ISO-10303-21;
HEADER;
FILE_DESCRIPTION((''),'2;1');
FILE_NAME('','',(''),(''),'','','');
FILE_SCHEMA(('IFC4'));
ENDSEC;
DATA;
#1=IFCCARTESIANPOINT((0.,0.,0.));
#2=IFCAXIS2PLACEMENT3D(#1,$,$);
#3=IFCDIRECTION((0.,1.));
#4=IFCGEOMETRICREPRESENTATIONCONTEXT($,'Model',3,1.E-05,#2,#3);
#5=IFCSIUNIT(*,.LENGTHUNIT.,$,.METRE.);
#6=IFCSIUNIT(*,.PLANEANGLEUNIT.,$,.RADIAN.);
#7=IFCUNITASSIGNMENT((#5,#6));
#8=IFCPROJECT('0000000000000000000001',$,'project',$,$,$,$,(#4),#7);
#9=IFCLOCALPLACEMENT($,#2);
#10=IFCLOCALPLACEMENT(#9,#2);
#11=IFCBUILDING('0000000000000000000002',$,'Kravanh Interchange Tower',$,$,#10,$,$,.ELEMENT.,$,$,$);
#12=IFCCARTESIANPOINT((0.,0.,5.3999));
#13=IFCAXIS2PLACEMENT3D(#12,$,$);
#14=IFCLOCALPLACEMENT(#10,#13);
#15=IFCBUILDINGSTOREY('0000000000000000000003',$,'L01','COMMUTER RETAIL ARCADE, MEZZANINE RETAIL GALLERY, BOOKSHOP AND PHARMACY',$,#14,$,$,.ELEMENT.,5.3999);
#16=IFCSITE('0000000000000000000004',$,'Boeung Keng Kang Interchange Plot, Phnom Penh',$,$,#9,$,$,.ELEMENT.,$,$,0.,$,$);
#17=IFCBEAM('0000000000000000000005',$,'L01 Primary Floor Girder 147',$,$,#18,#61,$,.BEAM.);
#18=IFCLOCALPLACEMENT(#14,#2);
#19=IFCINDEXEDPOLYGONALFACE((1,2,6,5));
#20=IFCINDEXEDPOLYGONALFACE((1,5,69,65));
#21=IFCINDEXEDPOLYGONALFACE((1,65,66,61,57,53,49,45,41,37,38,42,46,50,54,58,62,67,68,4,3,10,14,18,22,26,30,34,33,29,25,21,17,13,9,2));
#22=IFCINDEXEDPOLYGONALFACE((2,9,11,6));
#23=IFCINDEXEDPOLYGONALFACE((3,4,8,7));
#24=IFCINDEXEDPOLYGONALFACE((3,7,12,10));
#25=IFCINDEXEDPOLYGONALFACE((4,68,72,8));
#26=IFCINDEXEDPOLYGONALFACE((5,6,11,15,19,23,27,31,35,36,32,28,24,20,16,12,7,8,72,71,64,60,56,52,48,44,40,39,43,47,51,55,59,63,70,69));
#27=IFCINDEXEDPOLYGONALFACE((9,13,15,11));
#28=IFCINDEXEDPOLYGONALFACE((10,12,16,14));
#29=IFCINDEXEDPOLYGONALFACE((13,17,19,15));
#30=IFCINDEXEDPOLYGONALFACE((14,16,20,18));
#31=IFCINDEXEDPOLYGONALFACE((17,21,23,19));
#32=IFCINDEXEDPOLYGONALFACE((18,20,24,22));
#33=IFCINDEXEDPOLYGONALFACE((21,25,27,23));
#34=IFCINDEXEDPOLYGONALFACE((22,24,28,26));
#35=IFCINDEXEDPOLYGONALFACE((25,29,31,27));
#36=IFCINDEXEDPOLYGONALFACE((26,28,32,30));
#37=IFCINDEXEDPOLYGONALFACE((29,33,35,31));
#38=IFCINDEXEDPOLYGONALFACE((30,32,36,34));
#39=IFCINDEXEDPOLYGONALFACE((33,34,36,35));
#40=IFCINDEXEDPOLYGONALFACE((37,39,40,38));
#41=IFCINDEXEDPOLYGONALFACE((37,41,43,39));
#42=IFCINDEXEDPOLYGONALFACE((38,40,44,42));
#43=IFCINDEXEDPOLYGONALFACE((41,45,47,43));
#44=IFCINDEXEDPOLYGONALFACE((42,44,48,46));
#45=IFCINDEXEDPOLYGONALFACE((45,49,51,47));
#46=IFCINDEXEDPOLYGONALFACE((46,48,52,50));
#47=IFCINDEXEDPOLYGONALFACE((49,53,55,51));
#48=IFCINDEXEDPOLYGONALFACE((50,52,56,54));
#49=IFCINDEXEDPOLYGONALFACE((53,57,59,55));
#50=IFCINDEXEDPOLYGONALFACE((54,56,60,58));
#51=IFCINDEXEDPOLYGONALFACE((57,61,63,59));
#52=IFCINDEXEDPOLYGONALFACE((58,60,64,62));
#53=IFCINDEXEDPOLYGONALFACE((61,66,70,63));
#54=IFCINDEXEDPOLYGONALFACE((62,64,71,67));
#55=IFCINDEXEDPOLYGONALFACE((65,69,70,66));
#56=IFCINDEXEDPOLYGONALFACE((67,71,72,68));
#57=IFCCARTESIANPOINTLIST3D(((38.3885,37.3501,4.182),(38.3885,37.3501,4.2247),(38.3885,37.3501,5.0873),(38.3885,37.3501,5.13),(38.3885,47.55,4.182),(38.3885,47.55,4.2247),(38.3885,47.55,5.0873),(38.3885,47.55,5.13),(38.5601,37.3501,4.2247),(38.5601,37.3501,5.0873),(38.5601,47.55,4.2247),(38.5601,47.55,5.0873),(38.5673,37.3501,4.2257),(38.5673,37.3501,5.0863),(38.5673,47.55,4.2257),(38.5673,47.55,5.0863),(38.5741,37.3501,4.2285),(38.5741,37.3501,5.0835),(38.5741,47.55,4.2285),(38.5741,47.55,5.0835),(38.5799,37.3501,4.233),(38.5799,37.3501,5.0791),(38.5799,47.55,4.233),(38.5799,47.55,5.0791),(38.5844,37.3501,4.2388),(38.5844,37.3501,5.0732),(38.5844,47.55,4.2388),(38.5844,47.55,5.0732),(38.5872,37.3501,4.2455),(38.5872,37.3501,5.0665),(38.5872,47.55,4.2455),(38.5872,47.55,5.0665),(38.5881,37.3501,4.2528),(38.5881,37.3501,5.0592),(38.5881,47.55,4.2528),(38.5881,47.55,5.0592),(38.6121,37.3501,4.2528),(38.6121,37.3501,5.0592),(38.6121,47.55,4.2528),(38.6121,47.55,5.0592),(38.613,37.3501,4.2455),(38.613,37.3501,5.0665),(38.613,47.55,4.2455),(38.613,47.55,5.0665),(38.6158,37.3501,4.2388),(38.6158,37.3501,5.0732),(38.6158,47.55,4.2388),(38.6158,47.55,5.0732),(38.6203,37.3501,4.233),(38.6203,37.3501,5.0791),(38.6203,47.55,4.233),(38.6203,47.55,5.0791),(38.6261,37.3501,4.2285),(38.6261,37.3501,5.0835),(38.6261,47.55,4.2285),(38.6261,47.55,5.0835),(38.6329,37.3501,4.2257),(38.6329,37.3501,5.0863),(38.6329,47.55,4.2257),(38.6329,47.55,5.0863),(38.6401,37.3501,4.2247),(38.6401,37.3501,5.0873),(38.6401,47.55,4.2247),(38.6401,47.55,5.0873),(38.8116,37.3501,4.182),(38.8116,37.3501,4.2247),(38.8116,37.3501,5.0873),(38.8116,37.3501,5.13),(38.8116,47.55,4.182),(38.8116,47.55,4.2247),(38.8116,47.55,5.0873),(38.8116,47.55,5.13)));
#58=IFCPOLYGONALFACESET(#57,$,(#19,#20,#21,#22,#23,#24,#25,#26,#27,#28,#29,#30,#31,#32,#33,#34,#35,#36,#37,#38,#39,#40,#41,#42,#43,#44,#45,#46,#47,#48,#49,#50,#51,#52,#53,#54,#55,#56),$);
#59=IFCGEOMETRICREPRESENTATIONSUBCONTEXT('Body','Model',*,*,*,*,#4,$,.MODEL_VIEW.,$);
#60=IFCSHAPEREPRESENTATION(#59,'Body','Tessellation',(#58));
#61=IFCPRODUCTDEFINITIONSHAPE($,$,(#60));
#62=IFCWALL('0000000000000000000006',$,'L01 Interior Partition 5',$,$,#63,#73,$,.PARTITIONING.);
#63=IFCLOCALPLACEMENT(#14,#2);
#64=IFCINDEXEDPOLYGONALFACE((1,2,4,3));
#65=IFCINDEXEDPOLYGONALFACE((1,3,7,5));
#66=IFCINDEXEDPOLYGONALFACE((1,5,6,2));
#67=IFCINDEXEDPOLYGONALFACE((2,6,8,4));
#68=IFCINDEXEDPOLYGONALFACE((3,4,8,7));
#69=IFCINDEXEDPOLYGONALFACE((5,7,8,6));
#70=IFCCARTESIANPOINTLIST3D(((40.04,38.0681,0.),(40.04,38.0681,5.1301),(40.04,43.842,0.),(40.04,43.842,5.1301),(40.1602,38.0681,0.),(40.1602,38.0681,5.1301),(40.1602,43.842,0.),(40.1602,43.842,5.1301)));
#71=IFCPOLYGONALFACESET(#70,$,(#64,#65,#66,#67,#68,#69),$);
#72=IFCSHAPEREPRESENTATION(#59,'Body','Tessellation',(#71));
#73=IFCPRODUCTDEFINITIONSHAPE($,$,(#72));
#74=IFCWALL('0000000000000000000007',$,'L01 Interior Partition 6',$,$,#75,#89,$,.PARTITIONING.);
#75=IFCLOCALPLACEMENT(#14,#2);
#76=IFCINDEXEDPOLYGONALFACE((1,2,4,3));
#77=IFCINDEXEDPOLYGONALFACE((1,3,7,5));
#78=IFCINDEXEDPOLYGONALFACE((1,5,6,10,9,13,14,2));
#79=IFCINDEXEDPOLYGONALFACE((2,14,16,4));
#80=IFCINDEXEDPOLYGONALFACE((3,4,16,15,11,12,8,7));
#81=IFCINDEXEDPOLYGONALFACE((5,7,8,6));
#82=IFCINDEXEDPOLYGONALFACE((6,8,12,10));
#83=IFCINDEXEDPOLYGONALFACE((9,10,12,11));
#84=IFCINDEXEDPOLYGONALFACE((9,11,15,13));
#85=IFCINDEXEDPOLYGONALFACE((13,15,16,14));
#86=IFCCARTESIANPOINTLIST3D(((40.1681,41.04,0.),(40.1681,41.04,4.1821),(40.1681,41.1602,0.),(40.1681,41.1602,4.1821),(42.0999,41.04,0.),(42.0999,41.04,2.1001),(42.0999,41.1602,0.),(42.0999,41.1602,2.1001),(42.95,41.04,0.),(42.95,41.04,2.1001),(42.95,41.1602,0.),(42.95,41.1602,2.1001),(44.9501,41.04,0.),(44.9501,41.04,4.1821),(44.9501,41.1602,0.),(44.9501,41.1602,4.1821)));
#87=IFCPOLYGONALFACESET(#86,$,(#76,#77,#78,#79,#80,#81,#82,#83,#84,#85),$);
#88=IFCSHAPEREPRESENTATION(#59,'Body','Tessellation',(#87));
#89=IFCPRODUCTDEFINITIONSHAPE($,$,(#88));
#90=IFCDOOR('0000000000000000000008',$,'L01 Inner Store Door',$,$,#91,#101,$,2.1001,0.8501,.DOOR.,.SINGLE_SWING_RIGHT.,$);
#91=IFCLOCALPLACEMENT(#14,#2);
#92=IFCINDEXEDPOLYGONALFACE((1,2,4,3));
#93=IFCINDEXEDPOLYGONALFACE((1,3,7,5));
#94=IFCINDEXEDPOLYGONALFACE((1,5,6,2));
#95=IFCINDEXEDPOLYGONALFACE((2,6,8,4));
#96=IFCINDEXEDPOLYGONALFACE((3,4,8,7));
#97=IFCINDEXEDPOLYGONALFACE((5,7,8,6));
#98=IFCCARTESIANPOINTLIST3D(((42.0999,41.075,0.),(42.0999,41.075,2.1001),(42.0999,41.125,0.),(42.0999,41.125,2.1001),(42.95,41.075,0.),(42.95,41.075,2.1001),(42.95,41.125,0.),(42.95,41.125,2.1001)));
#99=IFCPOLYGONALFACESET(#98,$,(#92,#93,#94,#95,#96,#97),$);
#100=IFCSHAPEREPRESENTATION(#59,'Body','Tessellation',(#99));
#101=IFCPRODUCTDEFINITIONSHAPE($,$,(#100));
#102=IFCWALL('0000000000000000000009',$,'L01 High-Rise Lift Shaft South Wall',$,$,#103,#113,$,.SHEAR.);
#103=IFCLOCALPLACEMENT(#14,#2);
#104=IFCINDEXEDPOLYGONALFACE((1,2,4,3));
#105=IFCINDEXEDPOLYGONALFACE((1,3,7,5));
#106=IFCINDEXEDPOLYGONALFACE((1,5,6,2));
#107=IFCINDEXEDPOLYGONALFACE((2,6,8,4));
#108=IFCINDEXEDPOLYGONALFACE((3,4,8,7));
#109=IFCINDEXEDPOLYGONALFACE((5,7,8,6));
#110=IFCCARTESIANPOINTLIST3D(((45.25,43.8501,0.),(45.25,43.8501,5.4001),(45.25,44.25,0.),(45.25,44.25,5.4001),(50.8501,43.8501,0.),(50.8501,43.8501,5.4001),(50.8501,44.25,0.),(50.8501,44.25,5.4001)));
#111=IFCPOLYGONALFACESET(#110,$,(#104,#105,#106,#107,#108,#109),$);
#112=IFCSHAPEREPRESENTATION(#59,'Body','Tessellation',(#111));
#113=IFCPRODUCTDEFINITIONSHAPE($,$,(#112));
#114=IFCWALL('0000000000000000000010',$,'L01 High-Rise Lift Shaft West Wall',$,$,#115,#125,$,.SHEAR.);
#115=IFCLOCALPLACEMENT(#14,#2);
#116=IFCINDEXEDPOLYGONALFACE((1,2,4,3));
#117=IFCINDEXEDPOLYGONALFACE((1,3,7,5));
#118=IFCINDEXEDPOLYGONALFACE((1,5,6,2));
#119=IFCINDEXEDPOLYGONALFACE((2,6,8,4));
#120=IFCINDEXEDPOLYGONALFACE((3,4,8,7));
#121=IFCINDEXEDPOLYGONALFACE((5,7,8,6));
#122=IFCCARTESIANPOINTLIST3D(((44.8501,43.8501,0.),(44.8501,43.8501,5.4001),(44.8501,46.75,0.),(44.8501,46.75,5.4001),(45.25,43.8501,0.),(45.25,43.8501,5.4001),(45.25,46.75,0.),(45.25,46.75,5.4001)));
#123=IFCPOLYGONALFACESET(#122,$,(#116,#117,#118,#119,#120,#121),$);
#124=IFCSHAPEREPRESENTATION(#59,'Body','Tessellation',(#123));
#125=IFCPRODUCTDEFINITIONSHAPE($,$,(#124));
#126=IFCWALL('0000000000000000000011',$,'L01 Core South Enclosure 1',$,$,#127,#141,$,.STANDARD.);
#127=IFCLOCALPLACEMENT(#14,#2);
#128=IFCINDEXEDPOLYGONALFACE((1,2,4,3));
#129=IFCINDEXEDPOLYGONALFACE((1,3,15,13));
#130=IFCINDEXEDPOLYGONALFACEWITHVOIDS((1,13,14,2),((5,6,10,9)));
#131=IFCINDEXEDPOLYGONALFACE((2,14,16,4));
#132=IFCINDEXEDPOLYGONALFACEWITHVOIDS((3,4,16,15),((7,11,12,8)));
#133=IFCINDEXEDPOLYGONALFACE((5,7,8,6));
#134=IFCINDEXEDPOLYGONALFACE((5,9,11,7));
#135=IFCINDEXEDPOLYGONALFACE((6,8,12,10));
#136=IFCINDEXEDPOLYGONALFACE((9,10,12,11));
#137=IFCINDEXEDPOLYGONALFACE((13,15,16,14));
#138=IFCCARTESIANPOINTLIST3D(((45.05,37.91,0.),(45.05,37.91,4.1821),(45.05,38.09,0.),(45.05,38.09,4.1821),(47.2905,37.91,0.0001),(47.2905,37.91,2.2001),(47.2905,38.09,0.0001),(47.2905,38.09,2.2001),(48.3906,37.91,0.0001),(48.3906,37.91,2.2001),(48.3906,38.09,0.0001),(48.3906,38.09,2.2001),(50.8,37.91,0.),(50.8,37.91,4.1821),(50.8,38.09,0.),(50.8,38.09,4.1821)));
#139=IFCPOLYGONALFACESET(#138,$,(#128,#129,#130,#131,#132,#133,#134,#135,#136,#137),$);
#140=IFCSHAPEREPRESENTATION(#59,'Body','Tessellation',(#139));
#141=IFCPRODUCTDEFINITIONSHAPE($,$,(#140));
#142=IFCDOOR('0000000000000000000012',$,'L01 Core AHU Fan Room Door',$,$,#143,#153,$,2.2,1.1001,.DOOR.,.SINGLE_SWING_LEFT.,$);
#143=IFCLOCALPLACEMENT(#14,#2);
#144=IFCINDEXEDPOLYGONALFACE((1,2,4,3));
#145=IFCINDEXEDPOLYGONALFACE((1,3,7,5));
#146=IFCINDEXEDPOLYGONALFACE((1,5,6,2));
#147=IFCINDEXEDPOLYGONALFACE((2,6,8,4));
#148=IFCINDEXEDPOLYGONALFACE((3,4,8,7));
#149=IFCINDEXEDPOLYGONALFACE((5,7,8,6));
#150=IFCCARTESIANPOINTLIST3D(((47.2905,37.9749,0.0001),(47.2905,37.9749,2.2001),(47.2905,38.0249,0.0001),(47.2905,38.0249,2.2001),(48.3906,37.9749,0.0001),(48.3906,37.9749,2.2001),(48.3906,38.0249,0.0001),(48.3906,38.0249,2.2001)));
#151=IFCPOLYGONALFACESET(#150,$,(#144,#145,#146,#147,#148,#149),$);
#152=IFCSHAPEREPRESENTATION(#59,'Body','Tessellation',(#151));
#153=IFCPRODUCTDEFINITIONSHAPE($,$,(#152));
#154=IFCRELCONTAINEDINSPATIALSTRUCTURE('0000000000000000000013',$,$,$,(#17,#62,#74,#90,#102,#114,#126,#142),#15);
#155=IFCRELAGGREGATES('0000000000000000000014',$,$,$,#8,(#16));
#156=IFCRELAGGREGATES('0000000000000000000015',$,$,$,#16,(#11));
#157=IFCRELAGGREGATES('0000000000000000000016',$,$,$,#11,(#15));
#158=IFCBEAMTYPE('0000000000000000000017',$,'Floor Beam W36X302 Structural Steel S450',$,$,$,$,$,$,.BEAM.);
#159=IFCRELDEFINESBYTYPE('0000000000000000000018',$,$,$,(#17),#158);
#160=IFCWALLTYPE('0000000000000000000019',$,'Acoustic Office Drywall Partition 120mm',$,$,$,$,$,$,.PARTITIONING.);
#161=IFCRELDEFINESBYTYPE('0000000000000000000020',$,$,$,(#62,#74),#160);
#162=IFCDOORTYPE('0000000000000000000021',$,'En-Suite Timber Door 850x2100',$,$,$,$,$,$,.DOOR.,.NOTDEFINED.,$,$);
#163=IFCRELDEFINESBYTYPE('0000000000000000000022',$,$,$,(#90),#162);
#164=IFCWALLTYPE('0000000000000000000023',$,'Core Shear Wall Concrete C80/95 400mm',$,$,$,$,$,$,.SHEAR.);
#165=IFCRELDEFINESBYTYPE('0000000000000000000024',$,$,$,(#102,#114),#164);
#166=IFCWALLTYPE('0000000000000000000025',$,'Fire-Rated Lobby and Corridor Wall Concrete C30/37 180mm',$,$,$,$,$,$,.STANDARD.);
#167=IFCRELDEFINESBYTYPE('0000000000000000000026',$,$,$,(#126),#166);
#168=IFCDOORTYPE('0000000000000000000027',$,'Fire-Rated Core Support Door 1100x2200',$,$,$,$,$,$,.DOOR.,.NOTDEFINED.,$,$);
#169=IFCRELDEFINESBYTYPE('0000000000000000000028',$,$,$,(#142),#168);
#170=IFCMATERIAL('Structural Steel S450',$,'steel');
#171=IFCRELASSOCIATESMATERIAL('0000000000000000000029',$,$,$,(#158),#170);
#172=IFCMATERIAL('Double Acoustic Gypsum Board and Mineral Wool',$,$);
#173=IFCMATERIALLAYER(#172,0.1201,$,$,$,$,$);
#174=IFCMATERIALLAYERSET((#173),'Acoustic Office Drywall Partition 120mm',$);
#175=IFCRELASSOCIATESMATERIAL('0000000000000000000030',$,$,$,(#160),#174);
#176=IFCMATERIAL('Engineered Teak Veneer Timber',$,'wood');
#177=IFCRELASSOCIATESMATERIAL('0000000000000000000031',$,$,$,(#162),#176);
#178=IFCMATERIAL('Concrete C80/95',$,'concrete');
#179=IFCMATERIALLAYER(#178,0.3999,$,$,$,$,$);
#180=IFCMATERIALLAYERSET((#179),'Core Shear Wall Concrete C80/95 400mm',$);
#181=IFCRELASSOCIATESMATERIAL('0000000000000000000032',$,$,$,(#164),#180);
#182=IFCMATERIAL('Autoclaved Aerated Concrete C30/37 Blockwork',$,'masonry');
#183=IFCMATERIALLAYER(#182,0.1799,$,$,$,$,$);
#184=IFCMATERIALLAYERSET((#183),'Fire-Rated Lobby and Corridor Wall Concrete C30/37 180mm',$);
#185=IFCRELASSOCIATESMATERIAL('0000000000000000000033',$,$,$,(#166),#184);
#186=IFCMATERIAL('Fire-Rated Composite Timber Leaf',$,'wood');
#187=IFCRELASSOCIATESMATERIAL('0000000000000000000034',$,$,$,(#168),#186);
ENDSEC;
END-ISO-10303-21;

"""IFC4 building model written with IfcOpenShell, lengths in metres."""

from ifc_helpers import new_model, si_unit, direction, frame, frame_2d, origin, origin_2d, place, context, subcontext, project, spatial, rectangle, i_section, extrude, material, layer, layer_set, material_profile, profile_set, type_object, element, fill, save


model = new_model("IFC4")

# Units and contexts
model_context = context("Model", 3, precision=1e-05, world=origin(), true_north=direction((0.0, 1.0)))
body_context = subcontext(model_context, "Body", "Model", "MODEL_VIEW")
ifc_project = project(units=[si_unit("LENGTHUNIT", "METRE"), si_unit("PLANEANGLEUNIT", "RADIAN")], contexts=[model_context])

# Site, building, storey
site_placement = place(None, origin())
site = spatial("IfcSite", under=ifc_project, at=site_placement, Name="Boeung Keng Kang Interchange Plot, Phnom Penh", CompositionType="ELEMENT", RefElevation=0.0)
building_placement = place(site_placement, origin())
building = spatial("IfcBuilding", under=site, at=building_placement, Name="Kravanh Interchange Tower", CompositionType="ELEMENT")
storey_placement = place(building_placement, frame((0.0, 0.0, 5.3999)))
storey = spatial("IfcBuildingStorey", under=building, at=storey_placement, Name="L01", Description="COMMUTER RETAIL ARCADE, MEZZANINE RETAIL GALLERY, BOOKSHOP AND PHARMACY", CompositionType="ELEMENT", Elevation=5.3999)

# Beam
ifc_material_1 = material(Name="Structural Steel S450", Category="steel")
ifc_material_profile_1 = material_profile(ifc_material_1, i_section(OverallWidth=0.4231, OverallDepth=0.948, WebThickness=0.0239, FlangeThickness=0.0427, FilletRadius=0.0281, at=origin_2d()), Name="W36X302")
ifc_profile_set_1 = profile_set([ifc_material_profile_1], Name="Structural Steel S450")
beam_type = type_object("IfcBeamType", Name="Floor Beam W36X302 Structural Steel S450", PredefinedType="BEAM", material=ifc_profile_set_1)
beam_1_placement = place(storey_placement, frame((38.6001, 37.3501, 4.656), z_axis=(0.0, 1.0, 0.0), x_axis=(-1.0, 0.0, 0.0)))
element("IfcBeam", 1, at=beam_1_placement, inside=storey, type_object=beam_type, Name="L01 Primary Floor Girder 147", PredefinedType="BEAM", context=body_context, shape_type="SweptSolid", body=[
    extrude(i_section(OverallWidth=0.4231, OverallDepth=0.948, WebThickness=0.0239, FlangeThickness=0.0427, FilletRadius=0.0281, at=origin_2d()), origin(), (0.0, 0.0, 1.0), 10.2),
])

# Wall
ifc_material_2 = material(Name="Double Acoustic Gypsum Board and Mineral Wool")
ifc_layer_1 = layer(ifc_material_2, 0.1201)
ifc_layer_set_1 = layer_set([ifc_layer_1], Name="Acoustic Office Drywall Partition 120mm")
wall_type_1 = type_object("IfcWallType", Name="Acoustic Office Drywall Partition 120mm", PredefinedType="PARTITIONING", material=ifc_layer_set_1)
wall_1_placement = place(storey_placement, frame((40.1001, 38.0681, 0.0), z_axis=(0.0, 0.0, 1.0), x_axis=(0.0, 1.0, 0.0)))
element("IfcWall", 2, at=wall_1_placement, inside=storey, type_object=wall_type_1, Name="L01 Interior Partition 5", PredefinedType="PARTITIONING", context=body_context, shape_type="SweptSolid", body=[
    extrude(rectangle(XDim=5.7739, YDim=0.1201, at=frame_2d((2.887, 0.0))), origin(), (0.0, 0.0, 1.0), 5.1301),
])

# Wall, opening, door
wall_2_placement = place(storey_placement, frame((40.168, 41.1001, 0.0), z_axis=(0.0, 0.0, 1.0), x_axis=(1.0, 0.0, 0.0)))
wall_2 = element("IfcWall", 3, at=wall_2_placement, inside=storey, type_object=wall_type_1, Name="L01 Interior Partition 6", PredefinedType="PARTITIONING", context=body_context, shape_type="SweptSolid", body=[
    extrude(rectangle(XDim=4.782, YDim=0.1201, at=frame_2d((2.3911, 0.0))), origin(), (0.0, 0.0, 1.0), 4.1821),
])
opening_1_placement = place(wall_2_placement, frame((1.9319, 0.0, 0.0)))
opening_1 = element("IfcOpeningElement", 4, at=opening_1_placement, cuts=wall_2, PredefinedType="OPENING", context=body_context, shape_type="SweptSolid", body=[
    extrude(rectangle(XDim=0.8501, YDim=2.1001, at=frame_2d((0.425, 1.05))), frame((0.0, 0.0701, 0.0), z_axis=(0.0, -1.0, 0.0), x_axis=(1.0, 0.0, 0.0)), (0.0, 0.0, 1.0), 0.1401),
])
ifc_material_3 = material(Name="Engineered Teak Veneer Timber", Category="wood")
door_type_1 = type_object("IfcDoorType", Name="En-Suite Timber Door 850x2100", OperationType="NOTDEFINED", PredefinedType="DOOR", material=ifc_material_3)
door_1_placement = place(opening_1_placement, origin())
door_1 = element("IfcDoor", 5, at=door_1_placement, inside=storey, type_object=door_type_1, Name="L01 Inner Store Door", OperationType="SINGLE_SWING_RIGHT", OverallHeight=2.1001, OverallWidth=0.8501, PredefinedType="DOOR", context=body_context, shape_type="SweptSolid", body=[
    extrude(rectangle(XDim=0.8501, YDim=2.1001, at=frame_2d((0.425, 1.05))), frame((0.0, 0.0249, 0.0), z_axis=(0.0, -1.0, 0.0), x_axis=(1.0, 0.0, 0.0)), (0.0, 0.0, 1.0), 0.05),
])
fill(opening_1, door_1)

# Walls
ifc_material_4 = material(Name="Concrete C80/95", Category="concrete")
ifc_layer_2 = layer(ifc_material_4, 0.3999)
ifc_layer_set_2 = layer_set([ifc_layer_2], Name="Core Shear Wall Concrete C80/95 400mm")
wall_type_2 = type_object("IfcWallType", Name="Core Shear Wall Concrete C80/95 400mm", PredefinedType="SHEAR", material=ifc_layer_set_2)
wall_3_placement = place(storey_placement, frame((45.25, 44.05, 0.0), z_axis=(0.0, 0.0, 1.0), x_axis=(1.0, 0.0, 0.0)))
element("IfcWall", 6, at=wall_3_placement, inside=storey, type_object=wall_type_2, Name="L01 High-Rise Lift Shaft South Wall", PredefinedType="SHEAR", context=body_context, shape_type="SweptSolid", body=[
    extrude(rectangle(XDim=5.6001, YDim=0.3999, at=frame_2d((2.8, 0.0))), origin(), (0.0, 0.0, 1.0), 5.4001),
])
wall_4_placement = place(storey_placement, frame((45.05, 43.8501, 0.0), z_axis=(0.0, 0.0, 1.0), x_axis=(0.0, 1.0, 0.0)))
element("IfcWall", 7, at=wall_4_placement, inside=storey, type_object=wall_type_2, Name="L01 High-Rise Lift Shaft West Wall", PredefinedType="SHEAR", context=body_context, shape_type="SweptSolid", body=[
    extrude(rectangle(XDim=2.8999, YDim=0.3999, at=frame_2d((1.45, 0.0))), origin(), (0.0, 0.0, 1.0), 5.4001),
])

# Wall, opening, door
ifc_material_5 = material(Name="Autoclaved Aerated Concrete C30/37 Blockwork", Category="masonry")
ifc_layer_3 = layer(ifc_material_5, 0.1799)
ifc_layer_set_3 = layer_set([ifc_layer_3], Name="Fire-Rated Lobby and Corridor Wall Concrete C30/37 180mm")
wall_type_3 = type_object("IfcWallType", Name="Fire-Rated Lobby and Corridor Wall Concrete C30/37 180mm", PredefinedType="STANDARD", material=ifc_layer_set_3)
wall_5_placement = place(storey_placement, frame((45.05, 38.0, 0.0), z_axis=(0.0, 0.0, 1.0), x_axis=(1.0, 0.0, 0.0)))
wall_5 = element("IfcWall", 8, at=wall_5_placement, inside=storey, type_object=wall_type_3, Name="L01 Core South Enclosure 1", PredefinedType="STANDARD", context=body_context, shape_type="SweptSolid", body=[
    extrude(rectangle(XDim=5.75, YDim=0.1799, at=frame_2d((2.875, 0.0))), origin(), (0.0, 0.0, 1.0), 4.1821),
])
opening_2_placement = place(wall_5_placement, frame((2.2405, 0.0, 0.0)))
opening_2 = element("IfcOpeningElement", 9, at=opening_2_placement, cuts=wall_5, PredefinedType="OPENING", context=body_context, shape_type="SweptSolid", body=[
    extrude(rectangle(XDim=1.1001, YDim=2.2, at=frame_2d((0.55, 1.1001))), frame((0.0, 0.1001, 0.0), z_axis=(0.0, -1.0, 0.0), x_axis=(1.0, 0.0, 0.0)), (0.0, 0.0, 1.0), 0.2),
])
ifc_material_6 = material(Name="Fire-Rated Composite Timber Leaf", Category="wood")
door_type_2 = type_object("IfcDoorType", Name="Fire-Rated Core Support Door 1100x2200", OperationType="NOTDEFINED", PredefinedType="DOOR", material=ifc_material_6)
door_2_placement = place(opening_2_placement, origin())
door_2 = element("IfcDoor", 10, at=door_2_placement, inside=storey, type_object=door_type_2, Name="L01 Core AHU Fan Room Door", OperationType="SINGLE_SWING_LEFT", OverallHeight=2.2, OverallWidth=1.1001, PredefinedType="DOOR", context=body_context, shape_type="SweptSolid", body=[
    extrude(rectangle(XDim=1.1001, YDim=2.2, at=frame_2d((0.55, 1.1001))), frame((0.0, 0.0249, 0.0), z_axis=(0.0, -1.0, 0.0), x_axis=(1.0, 0.0, 0.0)), (0.0, 0.0, 1.0), 0.05),
])
fill(opening_2, door_2)

save(model, "model.ifc")
